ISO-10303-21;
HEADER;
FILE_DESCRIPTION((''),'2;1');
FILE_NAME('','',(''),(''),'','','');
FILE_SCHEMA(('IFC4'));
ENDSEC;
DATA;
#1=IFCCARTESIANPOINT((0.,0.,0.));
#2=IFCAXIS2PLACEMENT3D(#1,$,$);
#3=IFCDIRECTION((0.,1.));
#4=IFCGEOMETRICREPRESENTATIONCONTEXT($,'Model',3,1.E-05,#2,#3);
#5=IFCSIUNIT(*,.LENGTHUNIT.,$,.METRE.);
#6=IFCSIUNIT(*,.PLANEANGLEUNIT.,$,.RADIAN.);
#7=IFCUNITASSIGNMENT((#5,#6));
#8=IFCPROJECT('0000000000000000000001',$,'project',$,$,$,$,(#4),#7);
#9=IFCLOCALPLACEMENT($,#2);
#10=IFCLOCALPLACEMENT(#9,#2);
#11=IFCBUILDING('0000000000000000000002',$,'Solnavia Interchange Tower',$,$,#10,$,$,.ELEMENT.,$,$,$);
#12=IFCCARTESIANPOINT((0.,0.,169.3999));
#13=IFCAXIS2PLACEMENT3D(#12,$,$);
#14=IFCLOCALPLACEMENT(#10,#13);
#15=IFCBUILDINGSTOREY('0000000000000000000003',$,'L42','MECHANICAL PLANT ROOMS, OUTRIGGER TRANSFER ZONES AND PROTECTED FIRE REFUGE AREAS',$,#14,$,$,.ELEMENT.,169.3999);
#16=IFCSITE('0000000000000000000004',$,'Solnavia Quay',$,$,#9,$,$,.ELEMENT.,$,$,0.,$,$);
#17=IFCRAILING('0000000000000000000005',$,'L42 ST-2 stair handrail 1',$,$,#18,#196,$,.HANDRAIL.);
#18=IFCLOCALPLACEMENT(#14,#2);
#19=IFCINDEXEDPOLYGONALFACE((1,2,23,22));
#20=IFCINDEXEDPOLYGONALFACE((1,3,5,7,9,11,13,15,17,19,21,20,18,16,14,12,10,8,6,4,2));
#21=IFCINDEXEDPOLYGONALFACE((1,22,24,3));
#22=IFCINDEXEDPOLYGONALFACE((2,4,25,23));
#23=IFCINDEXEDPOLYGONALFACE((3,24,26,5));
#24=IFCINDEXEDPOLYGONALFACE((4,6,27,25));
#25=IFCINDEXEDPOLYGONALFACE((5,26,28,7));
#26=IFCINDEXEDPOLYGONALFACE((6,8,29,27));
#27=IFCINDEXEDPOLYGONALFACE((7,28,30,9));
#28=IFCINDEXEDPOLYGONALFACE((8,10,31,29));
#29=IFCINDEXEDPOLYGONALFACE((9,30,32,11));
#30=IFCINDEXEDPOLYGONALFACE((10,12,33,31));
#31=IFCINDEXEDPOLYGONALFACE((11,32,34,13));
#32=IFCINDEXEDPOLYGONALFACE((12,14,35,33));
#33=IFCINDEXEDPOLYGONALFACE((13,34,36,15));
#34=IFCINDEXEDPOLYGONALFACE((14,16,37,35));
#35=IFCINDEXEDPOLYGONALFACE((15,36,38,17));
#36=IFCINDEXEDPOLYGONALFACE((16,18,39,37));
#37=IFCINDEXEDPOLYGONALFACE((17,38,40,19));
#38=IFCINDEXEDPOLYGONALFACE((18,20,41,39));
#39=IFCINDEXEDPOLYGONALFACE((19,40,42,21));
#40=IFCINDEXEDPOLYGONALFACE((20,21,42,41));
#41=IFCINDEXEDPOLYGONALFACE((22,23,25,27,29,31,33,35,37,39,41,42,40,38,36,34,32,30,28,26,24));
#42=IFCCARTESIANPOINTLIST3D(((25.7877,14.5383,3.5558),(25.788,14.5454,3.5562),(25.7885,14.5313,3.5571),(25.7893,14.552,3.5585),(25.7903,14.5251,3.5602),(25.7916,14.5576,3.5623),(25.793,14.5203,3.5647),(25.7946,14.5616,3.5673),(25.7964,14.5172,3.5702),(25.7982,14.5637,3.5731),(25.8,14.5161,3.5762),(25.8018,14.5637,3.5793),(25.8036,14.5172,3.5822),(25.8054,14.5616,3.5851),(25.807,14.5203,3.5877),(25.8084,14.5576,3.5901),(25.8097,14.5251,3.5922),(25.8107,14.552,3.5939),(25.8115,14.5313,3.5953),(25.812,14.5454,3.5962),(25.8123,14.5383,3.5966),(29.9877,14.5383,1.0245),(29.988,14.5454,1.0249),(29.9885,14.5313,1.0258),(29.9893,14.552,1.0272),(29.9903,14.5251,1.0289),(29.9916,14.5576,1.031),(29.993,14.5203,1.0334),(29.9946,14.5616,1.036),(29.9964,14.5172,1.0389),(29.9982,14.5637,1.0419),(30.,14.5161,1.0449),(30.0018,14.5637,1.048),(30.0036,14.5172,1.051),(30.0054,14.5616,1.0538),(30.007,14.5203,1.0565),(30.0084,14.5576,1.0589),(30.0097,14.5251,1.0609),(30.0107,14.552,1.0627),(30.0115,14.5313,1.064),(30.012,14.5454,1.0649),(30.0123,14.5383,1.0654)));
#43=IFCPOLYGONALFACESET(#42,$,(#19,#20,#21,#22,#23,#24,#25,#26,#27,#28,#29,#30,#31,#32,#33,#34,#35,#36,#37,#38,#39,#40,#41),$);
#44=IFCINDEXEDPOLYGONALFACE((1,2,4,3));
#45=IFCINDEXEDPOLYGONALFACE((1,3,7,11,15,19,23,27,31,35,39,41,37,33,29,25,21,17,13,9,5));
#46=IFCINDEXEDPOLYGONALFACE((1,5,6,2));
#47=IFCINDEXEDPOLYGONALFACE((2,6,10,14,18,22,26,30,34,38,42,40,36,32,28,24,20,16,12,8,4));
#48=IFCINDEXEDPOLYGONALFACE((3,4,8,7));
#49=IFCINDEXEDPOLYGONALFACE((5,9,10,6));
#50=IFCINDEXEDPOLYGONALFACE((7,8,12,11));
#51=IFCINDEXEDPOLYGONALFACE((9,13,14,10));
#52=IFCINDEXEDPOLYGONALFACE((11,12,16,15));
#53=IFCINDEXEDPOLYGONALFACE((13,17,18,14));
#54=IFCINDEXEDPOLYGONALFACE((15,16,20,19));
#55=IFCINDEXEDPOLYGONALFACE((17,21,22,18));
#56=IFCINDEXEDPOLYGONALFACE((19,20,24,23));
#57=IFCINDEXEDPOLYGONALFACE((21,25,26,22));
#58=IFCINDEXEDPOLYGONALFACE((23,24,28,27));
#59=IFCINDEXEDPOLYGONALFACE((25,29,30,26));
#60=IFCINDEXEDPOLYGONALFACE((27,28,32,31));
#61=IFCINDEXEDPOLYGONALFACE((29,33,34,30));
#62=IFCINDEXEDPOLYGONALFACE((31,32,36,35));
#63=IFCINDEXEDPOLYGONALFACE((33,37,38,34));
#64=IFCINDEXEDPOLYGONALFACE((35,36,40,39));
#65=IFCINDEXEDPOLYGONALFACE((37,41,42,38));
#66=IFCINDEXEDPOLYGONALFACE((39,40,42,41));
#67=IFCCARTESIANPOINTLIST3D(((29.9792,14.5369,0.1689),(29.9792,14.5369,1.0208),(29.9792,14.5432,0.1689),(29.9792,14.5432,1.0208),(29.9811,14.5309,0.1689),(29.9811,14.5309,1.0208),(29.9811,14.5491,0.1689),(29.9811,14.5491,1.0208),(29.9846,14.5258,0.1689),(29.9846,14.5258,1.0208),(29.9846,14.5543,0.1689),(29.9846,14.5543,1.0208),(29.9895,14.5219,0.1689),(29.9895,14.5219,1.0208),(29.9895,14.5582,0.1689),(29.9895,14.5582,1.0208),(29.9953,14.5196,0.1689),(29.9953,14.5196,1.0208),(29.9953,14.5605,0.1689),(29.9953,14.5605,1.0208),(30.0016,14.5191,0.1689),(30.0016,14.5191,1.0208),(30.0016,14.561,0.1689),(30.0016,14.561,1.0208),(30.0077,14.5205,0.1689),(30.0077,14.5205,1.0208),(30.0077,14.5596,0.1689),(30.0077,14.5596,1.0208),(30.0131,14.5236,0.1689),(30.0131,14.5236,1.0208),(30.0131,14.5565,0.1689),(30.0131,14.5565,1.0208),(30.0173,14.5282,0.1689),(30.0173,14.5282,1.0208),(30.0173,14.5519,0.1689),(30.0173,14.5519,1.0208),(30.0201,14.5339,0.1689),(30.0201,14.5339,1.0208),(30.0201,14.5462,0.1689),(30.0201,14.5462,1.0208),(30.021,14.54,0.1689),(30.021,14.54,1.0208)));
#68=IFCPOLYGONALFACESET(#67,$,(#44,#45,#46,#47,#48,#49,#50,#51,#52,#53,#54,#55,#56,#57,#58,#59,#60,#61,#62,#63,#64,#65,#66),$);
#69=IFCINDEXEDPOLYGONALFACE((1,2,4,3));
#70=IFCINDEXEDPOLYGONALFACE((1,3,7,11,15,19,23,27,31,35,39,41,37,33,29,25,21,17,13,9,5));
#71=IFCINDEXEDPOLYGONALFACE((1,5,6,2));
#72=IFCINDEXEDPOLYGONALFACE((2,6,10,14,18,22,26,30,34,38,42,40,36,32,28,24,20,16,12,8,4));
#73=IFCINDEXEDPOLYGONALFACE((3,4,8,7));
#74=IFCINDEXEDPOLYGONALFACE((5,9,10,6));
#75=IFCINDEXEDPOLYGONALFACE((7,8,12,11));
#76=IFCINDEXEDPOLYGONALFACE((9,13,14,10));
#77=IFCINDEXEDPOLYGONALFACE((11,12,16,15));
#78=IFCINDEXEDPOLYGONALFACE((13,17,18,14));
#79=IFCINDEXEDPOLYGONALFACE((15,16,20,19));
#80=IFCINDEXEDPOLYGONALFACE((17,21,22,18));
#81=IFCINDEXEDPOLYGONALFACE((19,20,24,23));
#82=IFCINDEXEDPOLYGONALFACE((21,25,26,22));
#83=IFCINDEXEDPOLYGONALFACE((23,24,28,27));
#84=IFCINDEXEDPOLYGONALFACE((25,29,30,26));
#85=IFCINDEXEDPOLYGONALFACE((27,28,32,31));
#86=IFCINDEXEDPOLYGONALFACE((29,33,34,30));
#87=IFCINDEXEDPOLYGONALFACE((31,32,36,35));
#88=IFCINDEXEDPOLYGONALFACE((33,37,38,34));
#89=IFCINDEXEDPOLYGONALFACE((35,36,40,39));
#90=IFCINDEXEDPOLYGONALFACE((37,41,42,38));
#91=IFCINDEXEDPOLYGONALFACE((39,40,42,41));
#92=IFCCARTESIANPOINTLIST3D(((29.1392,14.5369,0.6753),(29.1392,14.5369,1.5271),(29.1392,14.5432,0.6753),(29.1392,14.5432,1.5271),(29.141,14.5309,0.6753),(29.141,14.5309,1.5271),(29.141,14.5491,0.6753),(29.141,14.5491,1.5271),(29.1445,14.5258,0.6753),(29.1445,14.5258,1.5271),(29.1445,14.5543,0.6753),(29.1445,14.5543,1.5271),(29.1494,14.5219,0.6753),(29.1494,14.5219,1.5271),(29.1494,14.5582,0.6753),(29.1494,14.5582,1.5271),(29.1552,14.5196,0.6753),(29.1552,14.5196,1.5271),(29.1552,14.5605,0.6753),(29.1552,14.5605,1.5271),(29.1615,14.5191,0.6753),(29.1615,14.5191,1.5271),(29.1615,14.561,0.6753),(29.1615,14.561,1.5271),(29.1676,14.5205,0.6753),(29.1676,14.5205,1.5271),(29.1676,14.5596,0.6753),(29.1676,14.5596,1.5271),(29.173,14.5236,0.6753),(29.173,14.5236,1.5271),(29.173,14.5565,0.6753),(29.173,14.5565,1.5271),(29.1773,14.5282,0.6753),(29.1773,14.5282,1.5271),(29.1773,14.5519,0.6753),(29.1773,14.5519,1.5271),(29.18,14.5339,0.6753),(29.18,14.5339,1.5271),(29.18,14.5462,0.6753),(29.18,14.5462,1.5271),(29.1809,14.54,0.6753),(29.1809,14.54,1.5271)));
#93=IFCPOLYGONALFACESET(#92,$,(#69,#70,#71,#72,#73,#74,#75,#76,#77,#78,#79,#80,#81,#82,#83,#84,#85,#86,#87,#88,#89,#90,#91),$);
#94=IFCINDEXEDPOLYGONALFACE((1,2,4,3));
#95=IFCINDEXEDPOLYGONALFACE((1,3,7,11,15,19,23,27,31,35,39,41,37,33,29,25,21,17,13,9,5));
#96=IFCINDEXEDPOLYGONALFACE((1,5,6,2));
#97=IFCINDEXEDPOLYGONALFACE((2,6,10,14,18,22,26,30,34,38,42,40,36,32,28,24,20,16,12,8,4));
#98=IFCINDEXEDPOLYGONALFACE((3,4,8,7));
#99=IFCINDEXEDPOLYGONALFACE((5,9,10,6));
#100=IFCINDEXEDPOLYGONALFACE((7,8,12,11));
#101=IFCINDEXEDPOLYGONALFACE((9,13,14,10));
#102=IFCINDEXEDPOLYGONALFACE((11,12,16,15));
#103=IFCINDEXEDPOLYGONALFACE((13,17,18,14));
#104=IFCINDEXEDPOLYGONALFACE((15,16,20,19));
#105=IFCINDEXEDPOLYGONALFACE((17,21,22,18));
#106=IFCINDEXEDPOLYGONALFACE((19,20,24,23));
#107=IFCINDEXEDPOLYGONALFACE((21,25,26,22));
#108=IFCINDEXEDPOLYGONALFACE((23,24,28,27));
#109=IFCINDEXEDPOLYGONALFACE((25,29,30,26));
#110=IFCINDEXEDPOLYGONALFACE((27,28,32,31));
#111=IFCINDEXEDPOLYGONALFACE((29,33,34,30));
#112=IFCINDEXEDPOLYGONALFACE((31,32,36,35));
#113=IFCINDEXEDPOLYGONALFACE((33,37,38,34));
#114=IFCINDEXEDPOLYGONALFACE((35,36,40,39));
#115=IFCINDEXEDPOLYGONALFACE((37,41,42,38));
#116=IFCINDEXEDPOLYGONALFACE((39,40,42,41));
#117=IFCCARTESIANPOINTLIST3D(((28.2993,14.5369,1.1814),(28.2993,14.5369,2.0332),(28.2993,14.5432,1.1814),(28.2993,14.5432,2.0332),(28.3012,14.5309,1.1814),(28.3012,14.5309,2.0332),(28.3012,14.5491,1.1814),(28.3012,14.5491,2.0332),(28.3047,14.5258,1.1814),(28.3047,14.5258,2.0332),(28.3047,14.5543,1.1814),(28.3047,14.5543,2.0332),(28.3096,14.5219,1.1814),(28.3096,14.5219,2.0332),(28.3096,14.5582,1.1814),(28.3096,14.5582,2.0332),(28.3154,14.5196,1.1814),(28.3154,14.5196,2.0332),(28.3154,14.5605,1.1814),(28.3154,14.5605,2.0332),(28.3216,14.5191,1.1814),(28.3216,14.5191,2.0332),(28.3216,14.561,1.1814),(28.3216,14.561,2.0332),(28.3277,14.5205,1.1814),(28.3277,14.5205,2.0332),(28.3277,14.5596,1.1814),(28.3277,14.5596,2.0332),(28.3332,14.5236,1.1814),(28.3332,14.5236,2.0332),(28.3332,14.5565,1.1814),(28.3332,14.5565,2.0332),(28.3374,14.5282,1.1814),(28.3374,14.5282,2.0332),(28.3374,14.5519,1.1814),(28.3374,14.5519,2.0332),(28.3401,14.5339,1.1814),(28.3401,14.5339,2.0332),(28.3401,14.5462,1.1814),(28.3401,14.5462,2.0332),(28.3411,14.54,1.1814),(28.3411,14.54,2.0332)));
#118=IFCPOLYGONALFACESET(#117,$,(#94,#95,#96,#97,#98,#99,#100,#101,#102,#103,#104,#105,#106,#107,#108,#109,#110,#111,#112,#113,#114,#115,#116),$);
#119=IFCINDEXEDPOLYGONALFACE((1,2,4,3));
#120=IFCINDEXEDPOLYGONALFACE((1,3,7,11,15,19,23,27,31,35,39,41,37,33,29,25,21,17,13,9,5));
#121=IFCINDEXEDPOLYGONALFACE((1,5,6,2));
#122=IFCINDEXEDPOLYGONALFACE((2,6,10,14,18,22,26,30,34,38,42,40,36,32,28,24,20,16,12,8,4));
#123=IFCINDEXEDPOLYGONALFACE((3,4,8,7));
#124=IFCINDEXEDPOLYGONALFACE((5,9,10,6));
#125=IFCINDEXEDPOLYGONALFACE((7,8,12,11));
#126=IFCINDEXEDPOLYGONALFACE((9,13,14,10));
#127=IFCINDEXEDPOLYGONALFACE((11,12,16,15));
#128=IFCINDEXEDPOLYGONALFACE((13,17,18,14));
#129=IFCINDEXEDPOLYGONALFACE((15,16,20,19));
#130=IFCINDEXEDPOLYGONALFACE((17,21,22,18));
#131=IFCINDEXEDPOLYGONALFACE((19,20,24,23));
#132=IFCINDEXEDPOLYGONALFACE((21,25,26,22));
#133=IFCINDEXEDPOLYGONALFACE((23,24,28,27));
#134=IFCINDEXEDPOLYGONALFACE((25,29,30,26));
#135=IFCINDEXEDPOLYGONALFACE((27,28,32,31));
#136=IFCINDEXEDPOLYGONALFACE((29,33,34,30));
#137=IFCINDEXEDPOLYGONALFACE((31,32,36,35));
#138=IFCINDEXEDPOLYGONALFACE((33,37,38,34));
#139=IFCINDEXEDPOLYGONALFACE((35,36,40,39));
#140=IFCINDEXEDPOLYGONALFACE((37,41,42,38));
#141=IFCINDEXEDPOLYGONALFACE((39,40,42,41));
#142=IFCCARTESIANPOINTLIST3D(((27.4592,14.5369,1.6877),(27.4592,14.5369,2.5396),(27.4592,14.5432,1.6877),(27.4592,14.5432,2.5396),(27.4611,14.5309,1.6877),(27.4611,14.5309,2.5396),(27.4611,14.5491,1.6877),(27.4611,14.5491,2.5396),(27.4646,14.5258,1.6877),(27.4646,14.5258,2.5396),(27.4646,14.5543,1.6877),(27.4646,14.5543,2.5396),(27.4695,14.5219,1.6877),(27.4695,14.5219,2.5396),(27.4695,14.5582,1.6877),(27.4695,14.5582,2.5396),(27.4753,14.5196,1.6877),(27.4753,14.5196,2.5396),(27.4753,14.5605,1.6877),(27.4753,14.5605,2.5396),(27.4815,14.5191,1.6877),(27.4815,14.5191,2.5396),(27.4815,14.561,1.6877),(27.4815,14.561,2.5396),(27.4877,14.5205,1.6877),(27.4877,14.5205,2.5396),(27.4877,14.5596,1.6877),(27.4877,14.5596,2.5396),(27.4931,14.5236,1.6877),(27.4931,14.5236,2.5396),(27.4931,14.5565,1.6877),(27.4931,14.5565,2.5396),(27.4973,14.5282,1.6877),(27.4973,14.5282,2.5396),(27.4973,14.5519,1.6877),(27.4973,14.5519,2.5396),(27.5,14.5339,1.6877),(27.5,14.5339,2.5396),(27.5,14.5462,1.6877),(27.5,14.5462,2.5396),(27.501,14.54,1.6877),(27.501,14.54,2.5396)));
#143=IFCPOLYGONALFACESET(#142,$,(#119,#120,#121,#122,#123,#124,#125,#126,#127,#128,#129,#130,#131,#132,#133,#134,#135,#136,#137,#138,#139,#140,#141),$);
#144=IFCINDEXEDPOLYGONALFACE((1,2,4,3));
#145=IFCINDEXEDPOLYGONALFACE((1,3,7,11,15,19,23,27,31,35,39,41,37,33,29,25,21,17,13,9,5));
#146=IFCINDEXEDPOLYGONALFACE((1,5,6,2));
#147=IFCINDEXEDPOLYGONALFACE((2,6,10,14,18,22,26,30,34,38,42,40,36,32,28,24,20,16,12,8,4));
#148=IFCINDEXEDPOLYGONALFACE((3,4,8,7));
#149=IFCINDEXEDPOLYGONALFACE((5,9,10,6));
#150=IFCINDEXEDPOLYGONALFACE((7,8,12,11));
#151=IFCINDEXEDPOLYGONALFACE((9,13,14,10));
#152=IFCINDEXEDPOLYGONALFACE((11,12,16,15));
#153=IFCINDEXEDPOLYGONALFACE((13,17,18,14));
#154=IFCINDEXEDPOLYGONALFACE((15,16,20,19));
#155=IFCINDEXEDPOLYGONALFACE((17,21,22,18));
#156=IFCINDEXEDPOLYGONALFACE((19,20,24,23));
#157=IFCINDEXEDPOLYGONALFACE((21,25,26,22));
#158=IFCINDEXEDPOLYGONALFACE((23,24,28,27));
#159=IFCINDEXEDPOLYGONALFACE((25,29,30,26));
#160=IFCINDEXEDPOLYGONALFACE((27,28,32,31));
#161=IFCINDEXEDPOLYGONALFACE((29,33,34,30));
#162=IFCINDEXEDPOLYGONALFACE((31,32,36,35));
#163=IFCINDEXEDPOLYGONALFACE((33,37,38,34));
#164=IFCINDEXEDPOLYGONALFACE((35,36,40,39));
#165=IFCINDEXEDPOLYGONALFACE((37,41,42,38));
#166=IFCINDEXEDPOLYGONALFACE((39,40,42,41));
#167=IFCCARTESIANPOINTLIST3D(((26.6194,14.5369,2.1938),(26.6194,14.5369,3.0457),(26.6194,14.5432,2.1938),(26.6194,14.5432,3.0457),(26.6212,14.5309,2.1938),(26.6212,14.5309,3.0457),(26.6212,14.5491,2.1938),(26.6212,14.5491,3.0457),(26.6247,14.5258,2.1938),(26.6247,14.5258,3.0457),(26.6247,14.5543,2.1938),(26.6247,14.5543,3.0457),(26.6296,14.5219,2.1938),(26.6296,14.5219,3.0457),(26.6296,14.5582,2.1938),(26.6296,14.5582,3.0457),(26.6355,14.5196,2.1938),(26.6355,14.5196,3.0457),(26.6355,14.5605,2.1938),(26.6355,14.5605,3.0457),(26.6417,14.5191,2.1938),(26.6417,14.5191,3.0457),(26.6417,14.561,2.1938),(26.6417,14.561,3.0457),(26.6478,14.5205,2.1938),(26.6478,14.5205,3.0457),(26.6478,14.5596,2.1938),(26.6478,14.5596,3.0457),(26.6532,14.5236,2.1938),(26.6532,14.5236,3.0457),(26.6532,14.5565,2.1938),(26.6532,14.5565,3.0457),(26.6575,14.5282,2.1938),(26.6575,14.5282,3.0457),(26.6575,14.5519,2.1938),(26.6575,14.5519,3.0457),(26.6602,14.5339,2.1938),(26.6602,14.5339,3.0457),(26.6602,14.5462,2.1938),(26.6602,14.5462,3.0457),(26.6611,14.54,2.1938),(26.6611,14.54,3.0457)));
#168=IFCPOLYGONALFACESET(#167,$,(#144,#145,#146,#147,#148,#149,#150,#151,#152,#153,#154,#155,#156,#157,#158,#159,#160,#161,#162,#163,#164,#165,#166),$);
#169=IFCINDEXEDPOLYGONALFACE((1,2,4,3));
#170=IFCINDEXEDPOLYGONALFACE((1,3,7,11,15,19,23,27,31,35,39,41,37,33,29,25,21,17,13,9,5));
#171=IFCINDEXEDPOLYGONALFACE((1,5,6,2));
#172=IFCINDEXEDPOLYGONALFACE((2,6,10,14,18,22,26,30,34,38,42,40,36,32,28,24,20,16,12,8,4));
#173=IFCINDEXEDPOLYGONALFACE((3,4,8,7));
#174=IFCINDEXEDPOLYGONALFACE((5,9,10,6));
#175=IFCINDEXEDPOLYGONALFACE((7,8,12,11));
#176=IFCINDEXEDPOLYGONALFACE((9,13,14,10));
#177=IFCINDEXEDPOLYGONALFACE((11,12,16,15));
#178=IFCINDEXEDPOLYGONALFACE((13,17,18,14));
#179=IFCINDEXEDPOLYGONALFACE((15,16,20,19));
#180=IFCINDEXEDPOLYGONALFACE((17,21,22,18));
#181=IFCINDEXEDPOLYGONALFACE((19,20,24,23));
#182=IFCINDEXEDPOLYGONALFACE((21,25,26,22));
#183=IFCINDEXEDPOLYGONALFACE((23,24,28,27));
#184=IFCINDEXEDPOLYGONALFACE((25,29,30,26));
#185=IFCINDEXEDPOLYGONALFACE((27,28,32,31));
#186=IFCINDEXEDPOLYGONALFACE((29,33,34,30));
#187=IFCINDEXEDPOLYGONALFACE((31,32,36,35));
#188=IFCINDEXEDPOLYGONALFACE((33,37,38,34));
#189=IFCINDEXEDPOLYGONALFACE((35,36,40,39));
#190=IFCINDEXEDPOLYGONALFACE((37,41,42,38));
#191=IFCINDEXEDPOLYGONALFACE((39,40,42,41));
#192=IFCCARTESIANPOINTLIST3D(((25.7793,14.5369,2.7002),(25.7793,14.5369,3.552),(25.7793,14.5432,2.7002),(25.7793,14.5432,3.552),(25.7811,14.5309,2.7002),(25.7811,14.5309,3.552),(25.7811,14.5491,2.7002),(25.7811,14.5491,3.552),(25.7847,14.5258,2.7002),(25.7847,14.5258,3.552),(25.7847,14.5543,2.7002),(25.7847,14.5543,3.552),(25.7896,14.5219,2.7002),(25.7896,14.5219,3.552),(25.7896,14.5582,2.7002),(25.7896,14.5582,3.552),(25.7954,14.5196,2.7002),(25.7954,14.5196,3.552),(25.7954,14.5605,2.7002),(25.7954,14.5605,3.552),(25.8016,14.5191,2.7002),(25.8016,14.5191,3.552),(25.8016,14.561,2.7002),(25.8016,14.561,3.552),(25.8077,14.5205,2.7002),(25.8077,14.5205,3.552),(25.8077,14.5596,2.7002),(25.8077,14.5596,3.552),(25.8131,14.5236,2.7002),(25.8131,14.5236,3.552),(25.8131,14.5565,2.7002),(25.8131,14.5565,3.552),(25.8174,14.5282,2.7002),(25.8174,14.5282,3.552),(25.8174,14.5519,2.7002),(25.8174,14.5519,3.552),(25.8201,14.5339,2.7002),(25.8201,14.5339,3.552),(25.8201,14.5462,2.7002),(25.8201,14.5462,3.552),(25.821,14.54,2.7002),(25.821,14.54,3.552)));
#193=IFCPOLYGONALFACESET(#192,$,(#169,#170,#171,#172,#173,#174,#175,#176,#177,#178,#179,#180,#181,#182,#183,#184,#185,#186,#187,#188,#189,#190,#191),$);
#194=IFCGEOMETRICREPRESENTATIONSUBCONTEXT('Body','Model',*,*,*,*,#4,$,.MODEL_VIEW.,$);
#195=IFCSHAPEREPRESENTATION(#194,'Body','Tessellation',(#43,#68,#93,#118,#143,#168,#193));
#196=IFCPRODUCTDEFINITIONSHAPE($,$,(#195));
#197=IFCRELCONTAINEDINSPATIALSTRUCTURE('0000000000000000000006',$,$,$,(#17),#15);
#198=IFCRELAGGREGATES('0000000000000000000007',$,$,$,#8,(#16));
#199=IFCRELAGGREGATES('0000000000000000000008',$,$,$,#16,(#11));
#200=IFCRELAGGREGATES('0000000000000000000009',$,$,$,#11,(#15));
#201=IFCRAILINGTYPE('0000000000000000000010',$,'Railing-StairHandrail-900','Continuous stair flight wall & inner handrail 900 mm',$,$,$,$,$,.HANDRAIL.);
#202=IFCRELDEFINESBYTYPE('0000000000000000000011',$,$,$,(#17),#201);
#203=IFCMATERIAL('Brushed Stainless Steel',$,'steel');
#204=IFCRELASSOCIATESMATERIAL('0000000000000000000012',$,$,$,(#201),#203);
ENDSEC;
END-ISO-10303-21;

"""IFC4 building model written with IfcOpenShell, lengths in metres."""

from ifc_helpers import new_model, si_unit, direction, frame, origin, origin_2d, place, context, subcontext, project, spatial, circle, extrude, material, type_object, element, save


model = new_model("IFC4")

# Units and contexts
model_context = context("Model", 3, precision=1e-05, world=origin(), true_north=direction((0.0, 1.0)))
body_context = subcontext(model_context, "Body", "Model", "MODEL_VIEW")
ifc_project = project(units=[si_unit("LENGTHUNIT", "METRE"), si_unit("PLANEANGLEUNIT", "RADIAN")], contexts=[model_context])

# Site, building, storey
site_placement = place(None, origin())
site = spatial("IfcSite", under=ifc_project, at=site_placement, Name="Solnavia Quay", CompositionType="ELEMENT", RefElevation=0.0)
building_placement = place(site_placement, origin())
building = spatial("IfcBuilding", under=site, at=building_placement, Name="Solnavia Interchange Tower", CompositionType="ELEMENT")
storey_placement = place(building_placement, frame((0.0, 0.0, 169.3999)))
storey = spatial("IfcBuildingStorey", under=building, at=storey_placement, Name="L42", Description="MECHANICAL PLANT ROOMS, OUTRIGGER TRANSFER ZONES AND PROTECTED FIRE REFUGE AREAS", CompositionType="ELEMENT", Elevation=169.3999)

# Railing
ifc_material_1 = material(Name="Brushed Stainless Steel", Category="steel")
railing_type = type_object("IfcRailingType", Name="Railing-StairHandrail-900", Description="Continuous stair flight wall & inner handrail 900 mm", PredefinedType="HANDRAIL", material=ifc_material_1)
railing_placement = place(storey_placement, frame((30.0, 14.54, 0.1689)))
element("IfcRailing", 1, at=railing_placement, inside=storey, type_object=railing_type, Name="L42 ST-2 stair handrail 1", PredefinedType="HANDRAIL", context=body_context, shape_type="SweptSolid", body=[
    extrude(circle(Radius=0.0239, at=origin_2d()), frame((0.0, 0.0, 0.876), z_axis=(-0.856476, 0.0, 0.516186), x_axis=(0.0, -1.0, 0.0)), (0.0, 0.0, 1.0), 4.9038),
    extrude(circle(Radius=0.021, at=origin_2d()), origin(), (0.0, 0.0, 1.0), 0.8518),
    extrude(circle(Radius=0.021, at=origin_2d()), frame((-0.8401, 0.0, 0.5063)), (0.0, 0.0, 1.0), 0.8518),
    extrude(circle(Radius=0.021, at=origin_2d()), frame((-1.6799, 0.0, 1.0125)), (0.0, 0.0, 1.0), 0.8518),
    extrude(circle(Radius=0.021, at=origin_2d()), frame((-2.52, 0.0, 1.5188)), (0.0, 0.0, 1.0), 0.8518),
    extrude(circle(Radius=0.021, at=origin_2d()), frame((-3.3599, 0.0, 2.0249)), (0.0, 0.0, 1.0), 0.8518),
    extrude(circle(Radius=0.021, at=origin_2d()), frame((-4.2, 0.0, 2.5312)), (0.0, 0.0, 1.0), 0.8518),
])

save(model, "model.ifc")
